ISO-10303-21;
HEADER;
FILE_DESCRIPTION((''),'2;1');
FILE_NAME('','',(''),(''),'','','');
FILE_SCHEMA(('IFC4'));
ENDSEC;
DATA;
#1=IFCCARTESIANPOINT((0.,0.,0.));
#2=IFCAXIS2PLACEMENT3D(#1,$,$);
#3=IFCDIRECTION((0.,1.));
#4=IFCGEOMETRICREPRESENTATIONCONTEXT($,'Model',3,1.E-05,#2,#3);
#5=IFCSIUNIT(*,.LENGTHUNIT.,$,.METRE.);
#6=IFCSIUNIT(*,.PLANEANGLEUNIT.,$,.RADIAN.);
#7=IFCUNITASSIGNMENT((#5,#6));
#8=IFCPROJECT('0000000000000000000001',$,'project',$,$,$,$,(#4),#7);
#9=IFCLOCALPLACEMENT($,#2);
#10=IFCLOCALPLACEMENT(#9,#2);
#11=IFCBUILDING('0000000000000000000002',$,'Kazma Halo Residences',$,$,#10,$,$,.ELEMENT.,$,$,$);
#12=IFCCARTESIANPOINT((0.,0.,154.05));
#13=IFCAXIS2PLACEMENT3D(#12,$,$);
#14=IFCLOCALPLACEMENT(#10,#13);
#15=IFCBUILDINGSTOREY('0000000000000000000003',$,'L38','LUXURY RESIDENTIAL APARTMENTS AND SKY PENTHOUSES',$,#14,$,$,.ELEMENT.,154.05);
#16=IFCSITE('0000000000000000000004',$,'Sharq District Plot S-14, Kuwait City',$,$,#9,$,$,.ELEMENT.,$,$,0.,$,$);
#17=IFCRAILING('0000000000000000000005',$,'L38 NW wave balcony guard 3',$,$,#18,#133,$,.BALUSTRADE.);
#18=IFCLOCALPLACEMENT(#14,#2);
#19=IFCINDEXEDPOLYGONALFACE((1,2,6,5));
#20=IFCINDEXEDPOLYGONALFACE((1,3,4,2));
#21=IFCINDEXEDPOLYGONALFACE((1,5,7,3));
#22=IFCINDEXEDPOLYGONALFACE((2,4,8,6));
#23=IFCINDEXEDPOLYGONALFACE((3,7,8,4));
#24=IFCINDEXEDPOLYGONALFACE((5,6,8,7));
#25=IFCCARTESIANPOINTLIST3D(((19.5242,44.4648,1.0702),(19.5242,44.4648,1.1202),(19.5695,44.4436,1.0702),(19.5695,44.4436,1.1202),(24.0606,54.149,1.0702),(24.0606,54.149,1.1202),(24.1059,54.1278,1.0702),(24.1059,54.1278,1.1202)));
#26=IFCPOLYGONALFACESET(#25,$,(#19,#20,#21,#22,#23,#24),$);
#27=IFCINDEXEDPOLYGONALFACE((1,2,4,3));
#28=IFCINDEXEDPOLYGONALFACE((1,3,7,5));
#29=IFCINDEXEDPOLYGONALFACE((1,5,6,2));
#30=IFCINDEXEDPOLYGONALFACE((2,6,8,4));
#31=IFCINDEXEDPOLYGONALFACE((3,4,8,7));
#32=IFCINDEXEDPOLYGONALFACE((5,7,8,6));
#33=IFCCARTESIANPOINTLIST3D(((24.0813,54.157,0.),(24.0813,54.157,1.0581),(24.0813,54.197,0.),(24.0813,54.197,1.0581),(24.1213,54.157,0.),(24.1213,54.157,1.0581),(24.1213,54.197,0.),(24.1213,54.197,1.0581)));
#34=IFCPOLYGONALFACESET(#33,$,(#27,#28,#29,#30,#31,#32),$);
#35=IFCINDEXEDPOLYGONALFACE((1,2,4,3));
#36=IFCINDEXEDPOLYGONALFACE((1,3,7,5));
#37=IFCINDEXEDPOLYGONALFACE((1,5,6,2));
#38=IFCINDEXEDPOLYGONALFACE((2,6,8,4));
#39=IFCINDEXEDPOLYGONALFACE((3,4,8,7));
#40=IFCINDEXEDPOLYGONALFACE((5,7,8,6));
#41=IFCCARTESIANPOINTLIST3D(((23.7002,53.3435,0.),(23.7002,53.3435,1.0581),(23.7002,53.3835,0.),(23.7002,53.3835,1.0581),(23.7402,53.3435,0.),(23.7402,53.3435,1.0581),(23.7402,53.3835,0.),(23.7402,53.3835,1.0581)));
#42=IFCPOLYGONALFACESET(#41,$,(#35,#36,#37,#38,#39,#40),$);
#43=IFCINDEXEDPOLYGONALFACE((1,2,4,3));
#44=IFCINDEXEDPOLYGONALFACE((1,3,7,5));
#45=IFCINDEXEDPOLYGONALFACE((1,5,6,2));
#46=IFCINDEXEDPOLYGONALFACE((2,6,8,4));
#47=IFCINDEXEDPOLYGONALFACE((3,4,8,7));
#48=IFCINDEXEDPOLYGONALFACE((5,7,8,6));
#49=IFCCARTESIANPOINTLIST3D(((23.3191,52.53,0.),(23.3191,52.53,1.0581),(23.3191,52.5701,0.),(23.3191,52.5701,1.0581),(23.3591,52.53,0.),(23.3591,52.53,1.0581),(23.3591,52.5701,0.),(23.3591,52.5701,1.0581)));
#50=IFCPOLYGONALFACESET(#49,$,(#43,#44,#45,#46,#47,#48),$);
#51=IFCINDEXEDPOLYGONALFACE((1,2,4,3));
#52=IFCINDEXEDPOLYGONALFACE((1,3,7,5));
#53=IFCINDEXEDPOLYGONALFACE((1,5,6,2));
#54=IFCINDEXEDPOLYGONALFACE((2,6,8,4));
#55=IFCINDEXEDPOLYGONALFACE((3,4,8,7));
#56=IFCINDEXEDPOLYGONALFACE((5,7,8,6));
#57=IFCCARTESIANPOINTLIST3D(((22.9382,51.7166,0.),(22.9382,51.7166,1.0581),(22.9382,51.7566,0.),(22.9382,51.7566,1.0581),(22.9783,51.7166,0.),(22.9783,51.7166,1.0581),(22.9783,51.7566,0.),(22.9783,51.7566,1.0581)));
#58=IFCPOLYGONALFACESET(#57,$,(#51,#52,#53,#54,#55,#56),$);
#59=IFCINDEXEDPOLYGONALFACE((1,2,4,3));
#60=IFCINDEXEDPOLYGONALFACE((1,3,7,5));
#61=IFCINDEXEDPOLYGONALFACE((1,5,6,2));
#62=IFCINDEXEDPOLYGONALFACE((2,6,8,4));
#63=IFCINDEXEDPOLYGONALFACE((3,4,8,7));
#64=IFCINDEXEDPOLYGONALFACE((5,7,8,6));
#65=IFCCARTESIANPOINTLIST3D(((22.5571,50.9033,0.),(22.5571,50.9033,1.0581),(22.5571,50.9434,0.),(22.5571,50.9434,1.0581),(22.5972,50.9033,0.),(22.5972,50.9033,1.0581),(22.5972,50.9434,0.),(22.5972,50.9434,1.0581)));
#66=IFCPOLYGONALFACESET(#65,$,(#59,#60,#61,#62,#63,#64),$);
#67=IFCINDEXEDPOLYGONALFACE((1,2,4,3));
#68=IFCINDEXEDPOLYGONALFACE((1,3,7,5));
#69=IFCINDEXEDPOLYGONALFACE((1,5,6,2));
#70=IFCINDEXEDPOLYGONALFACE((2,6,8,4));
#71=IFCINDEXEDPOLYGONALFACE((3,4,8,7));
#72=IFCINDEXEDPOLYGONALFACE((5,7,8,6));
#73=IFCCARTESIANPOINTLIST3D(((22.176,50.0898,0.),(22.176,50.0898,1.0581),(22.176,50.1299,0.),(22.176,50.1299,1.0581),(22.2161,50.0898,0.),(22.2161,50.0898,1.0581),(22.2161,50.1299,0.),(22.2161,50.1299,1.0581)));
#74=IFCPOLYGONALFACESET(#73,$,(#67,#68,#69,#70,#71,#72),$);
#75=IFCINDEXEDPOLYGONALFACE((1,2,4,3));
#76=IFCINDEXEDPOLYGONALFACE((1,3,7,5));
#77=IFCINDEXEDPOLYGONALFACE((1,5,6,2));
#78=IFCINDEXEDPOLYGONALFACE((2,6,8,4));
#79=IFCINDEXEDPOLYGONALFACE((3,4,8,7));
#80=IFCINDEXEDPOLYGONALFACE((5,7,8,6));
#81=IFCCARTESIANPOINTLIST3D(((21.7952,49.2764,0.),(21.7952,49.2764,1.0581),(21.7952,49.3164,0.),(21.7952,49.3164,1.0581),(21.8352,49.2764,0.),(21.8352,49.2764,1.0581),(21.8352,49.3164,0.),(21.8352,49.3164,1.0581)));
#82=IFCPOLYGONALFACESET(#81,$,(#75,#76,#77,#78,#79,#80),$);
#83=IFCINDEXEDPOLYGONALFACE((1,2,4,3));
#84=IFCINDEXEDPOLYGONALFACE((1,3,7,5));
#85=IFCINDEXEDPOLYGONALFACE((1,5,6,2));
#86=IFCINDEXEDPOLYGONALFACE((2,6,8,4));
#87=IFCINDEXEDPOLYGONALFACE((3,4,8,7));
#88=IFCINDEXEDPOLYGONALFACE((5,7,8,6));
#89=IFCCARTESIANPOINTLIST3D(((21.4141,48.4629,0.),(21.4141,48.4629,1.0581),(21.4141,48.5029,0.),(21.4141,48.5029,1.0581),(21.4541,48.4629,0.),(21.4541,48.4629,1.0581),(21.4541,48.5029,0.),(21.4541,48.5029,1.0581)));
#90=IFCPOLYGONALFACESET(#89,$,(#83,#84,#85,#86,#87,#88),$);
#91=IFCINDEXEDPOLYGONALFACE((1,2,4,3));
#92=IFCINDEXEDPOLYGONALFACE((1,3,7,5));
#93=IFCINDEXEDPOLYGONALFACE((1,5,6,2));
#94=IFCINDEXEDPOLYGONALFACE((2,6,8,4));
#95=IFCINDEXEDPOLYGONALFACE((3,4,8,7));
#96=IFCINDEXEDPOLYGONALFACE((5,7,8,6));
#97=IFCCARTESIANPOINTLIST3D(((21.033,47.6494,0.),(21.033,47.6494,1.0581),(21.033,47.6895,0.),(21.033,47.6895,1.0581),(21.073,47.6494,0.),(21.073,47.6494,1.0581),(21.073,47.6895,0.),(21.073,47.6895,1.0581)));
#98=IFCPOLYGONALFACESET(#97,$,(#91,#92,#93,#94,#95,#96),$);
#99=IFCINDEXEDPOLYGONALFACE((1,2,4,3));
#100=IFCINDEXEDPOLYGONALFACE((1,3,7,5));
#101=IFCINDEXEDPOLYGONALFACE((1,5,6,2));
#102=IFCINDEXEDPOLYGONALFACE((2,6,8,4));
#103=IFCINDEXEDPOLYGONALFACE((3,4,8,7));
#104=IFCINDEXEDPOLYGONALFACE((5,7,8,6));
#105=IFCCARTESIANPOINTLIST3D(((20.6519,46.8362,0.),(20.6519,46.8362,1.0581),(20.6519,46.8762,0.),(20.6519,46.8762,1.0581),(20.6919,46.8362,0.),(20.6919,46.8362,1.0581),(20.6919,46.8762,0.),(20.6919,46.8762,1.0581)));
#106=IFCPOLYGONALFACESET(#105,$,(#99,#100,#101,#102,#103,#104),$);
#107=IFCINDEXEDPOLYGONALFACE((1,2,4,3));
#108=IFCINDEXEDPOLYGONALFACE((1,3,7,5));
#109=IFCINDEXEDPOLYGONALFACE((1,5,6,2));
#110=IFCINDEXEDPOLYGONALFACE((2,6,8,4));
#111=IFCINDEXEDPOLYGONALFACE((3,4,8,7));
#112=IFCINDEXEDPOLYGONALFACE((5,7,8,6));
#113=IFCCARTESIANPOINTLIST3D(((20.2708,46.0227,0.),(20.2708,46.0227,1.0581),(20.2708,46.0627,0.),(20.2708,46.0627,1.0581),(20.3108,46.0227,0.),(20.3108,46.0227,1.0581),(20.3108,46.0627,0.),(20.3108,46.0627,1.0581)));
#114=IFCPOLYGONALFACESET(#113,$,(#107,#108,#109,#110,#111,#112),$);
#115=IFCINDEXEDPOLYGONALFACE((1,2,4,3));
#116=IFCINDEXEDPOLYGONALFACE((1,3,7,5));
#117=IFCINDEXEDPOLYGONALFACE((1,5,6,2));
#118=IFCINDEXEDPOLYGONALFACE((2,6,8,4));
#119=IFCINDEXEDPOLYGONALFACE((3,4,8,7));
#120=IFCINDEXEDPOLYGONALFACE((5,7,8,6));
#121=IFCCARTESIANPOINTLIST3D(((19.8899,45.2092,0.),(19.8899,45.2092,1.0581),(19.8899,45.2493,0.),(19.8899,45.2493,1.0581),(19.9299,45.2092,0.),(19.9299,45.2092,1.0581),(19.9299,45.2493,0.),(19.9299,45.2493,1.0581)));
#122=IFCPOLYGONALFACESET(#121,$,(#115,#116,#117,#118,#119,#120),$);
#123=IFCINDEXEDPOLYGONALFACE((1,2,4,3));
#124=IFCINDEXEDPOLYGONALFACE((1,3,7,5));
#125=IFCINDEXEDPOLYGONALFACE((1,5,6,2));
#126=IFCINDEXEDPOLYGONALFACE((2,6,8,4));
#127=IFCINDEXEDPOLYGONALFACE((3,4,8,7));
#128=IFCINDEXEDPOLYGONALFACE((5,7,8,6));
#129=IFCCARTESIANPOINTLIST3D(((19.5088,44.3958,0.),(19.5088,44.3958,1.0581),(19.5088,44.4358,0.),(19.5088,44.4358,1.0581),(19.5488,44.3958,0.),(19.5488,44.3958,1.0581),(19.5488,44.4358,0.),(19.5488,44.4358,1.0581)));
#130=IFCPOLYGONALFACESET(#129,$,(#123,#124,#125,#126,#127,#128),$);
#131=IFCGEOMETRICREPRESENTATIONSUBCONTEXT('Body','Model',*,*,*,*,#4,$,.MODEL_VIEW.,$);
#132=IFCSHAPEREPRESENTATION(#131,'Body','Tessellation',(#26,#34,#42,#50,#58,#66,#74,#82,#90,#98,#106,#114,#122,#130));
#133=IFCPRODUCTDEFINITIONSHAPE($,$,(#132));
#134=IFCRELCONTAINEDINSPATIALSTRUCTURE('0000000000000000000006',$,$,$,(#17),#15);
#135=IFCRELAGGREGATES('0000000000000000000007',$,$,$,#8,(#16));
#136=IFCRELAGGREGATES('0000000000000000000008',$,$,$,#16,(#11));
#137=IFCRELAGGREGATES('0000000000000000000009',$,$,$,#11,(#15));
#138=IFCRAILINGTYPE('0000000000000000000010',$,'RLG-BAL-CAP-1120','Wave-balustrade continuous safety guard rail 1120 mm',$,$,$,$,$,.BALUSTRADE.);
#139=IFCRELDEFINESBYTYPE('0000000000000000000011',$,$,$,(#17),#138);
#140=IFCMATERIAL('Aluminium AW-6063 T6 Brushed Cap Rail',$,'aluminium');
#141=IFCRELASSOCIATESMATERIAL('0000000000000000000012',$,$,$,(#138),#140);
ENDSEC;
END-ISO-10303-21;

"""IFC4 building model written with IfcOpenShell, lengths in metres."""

from ifc_helpers import new_model, si_unit, direction, frame, origin, origin_2d, place, context, subcontext, project, spatial, rectangle, extrude, material, type_object, element, save


model = new_model("IFC4")

# Units and contexts
model_context = context("Model", 3, precision=1e-05, world=origin(), true_north=direction((0.0, 1.0)))
body_context = subcontext(model_context, "Body", "Model", "MODEL_VIEW")
ifc_project = project(units=[si_unit("LENGTHUNIT", "METRE"), si_unit("PLANEANGLEUNIT", "RADIAN")], contexts=[model_context])

# Site, building, storey
site_placement = place(None, origin())
site = spatial("IfcSite", under=ifc_project, at=site_placement, Name="Sharq District Plot S-14, Kuwait City", CompositionType="ELEMENT", RefElevation=0.0)
building_placement = place(site_placement, origin())
building = spatial("IfcBuilding", under=site, at=building_placement, Name="Kazma Halo Residences", CompositionType="ELEMENT")
storey_placement = place(building_placement, frame((0.0, 0.0, 154.05)))
storey = spatial("IfcBuildingStorey", under=building, at=storey_placement, Name="L38", Description="LUXURY RESIDENTIAL APARTMENTS AND SKY PENTHOUSES", CompositionType="ELEMENT", Elevation=154.05)

# Railing
ifc_material_1 = material(Name="Aluminium AW-6063 T6 Brushed Cap Rail", Category="aluminium")
railing_type = type_object("IfcRailingType", Name="RLG-BAL-CAP-1120", Description="Wave-balustrade continuous safety guard rail 1120 mm", PredefinedType="BALUSTRADE", material=ifc_material_1)
railing_1_placement = place(storey_placement, frame((24.1013, 54.177, 0.0)))
element("IfcRailing", 1, at=railing_1_placement, inside=storey, type_object=railing_type, Name="L38 NW wave balcony guard 3", PredefinedType="BALUSTRADE", context=body_context, shape_type="SweptSolid", body=[
    extrude(rectangle(XDim=0.05, YDim=0.05, at=origin_2d()), frame((-0.0181, -0.0386, 1.0952), z_axis=(-0.424201, -0.905568, 0.0), x_axis=(0.905568, -0.424201, 0.0)), (0.0, 0.0, 1.0), 10.6941),
    extrude(rectangle(XDim=0.04, YDim=0.04, at=origin_2d()), origin(), (0.0, 0.0, 1.0), 1.0581),
    extrude(rectangle(XDim=0.04, YDim=0.04, at=origin_2d()), frame((-0.3811, -0.8135, 0.0)), (0.0, 0.0, 1.0), 1.0581),
    extrude(rectangle(XDim=0.04, YDim=0.04, at=origin_2d()), frame((-0.7622, -1.627, 0.0)), (0.0, 0.0, 1.0), 1.0581),
    extrude(rectangle(XDim=0.04, YDim=0.04, at=origin_2d()), frame((-1.1431, -2.4404, 0.0)), (0.0, 0.0, 1.0), 1.0581),
    extrude(rectangle(XDim=0.04, YDim=0.04, at=origin_2d()), frame((-1.5242, -3.2537, 0.0)), (0.0, 0.0, 1.0), 1.0581),
    extrude(rectangle(XDim=0.04, YDim=0.04, at=origin_2d()), frame((-1.9053, -4.0671, 0.0)), (0.0, 0.0, 1.0), 1.0581),
    extrude(rectangle(XDim=0.04, YDim=0.04, at=origin_2d()), frame((-2.2861, -4.8806, 0.0)), (0.0, 0.0, 1.0), 1.0581),
    extrude(rectangle(XDim=0.04, YDim=0.04, at=origin_2d()), frame((-2.6672, -5.6941, 0.0)), (0.0, 0.0, 1.0), 1.0581),
    extrude(rectangle(XDim=0.04, YDim=0.04, at=origin_2d()), frame((-3.0483, -6.5076, 0.0)), (0.0, 0.0, 1.0), 1.0581),
    extrude(rectangle(XDim=0.04, YDim=0.04, at=origin_2d()), frame((-3.4294, -7.3208, 0.0)), (0.0, 0.0, 1.0), 1.0581),
    extrude(rectangle(XDim=0.04, YDim=0.04, at=origin_2d()), frame((-3.8105, -8.1343, 0.0)), (0.0, 0.0, 1.0), 1.0581),
    extrude(rectangle(XDim=0.04, YDim=0.04, at=origin_2d()), frame((-4.1914, -8.9478, 0.0)), (0.0, 0.0, 1.0), 1.0581),
    extrude(rectangle(XDim=0.04, YDim=0.04, at=origin_2d()), frame((-4.5725, -9.7612, 0.0)), (0.0, 0.0, 1.0), 1.0581),
])

save(model, "model.ifc")
